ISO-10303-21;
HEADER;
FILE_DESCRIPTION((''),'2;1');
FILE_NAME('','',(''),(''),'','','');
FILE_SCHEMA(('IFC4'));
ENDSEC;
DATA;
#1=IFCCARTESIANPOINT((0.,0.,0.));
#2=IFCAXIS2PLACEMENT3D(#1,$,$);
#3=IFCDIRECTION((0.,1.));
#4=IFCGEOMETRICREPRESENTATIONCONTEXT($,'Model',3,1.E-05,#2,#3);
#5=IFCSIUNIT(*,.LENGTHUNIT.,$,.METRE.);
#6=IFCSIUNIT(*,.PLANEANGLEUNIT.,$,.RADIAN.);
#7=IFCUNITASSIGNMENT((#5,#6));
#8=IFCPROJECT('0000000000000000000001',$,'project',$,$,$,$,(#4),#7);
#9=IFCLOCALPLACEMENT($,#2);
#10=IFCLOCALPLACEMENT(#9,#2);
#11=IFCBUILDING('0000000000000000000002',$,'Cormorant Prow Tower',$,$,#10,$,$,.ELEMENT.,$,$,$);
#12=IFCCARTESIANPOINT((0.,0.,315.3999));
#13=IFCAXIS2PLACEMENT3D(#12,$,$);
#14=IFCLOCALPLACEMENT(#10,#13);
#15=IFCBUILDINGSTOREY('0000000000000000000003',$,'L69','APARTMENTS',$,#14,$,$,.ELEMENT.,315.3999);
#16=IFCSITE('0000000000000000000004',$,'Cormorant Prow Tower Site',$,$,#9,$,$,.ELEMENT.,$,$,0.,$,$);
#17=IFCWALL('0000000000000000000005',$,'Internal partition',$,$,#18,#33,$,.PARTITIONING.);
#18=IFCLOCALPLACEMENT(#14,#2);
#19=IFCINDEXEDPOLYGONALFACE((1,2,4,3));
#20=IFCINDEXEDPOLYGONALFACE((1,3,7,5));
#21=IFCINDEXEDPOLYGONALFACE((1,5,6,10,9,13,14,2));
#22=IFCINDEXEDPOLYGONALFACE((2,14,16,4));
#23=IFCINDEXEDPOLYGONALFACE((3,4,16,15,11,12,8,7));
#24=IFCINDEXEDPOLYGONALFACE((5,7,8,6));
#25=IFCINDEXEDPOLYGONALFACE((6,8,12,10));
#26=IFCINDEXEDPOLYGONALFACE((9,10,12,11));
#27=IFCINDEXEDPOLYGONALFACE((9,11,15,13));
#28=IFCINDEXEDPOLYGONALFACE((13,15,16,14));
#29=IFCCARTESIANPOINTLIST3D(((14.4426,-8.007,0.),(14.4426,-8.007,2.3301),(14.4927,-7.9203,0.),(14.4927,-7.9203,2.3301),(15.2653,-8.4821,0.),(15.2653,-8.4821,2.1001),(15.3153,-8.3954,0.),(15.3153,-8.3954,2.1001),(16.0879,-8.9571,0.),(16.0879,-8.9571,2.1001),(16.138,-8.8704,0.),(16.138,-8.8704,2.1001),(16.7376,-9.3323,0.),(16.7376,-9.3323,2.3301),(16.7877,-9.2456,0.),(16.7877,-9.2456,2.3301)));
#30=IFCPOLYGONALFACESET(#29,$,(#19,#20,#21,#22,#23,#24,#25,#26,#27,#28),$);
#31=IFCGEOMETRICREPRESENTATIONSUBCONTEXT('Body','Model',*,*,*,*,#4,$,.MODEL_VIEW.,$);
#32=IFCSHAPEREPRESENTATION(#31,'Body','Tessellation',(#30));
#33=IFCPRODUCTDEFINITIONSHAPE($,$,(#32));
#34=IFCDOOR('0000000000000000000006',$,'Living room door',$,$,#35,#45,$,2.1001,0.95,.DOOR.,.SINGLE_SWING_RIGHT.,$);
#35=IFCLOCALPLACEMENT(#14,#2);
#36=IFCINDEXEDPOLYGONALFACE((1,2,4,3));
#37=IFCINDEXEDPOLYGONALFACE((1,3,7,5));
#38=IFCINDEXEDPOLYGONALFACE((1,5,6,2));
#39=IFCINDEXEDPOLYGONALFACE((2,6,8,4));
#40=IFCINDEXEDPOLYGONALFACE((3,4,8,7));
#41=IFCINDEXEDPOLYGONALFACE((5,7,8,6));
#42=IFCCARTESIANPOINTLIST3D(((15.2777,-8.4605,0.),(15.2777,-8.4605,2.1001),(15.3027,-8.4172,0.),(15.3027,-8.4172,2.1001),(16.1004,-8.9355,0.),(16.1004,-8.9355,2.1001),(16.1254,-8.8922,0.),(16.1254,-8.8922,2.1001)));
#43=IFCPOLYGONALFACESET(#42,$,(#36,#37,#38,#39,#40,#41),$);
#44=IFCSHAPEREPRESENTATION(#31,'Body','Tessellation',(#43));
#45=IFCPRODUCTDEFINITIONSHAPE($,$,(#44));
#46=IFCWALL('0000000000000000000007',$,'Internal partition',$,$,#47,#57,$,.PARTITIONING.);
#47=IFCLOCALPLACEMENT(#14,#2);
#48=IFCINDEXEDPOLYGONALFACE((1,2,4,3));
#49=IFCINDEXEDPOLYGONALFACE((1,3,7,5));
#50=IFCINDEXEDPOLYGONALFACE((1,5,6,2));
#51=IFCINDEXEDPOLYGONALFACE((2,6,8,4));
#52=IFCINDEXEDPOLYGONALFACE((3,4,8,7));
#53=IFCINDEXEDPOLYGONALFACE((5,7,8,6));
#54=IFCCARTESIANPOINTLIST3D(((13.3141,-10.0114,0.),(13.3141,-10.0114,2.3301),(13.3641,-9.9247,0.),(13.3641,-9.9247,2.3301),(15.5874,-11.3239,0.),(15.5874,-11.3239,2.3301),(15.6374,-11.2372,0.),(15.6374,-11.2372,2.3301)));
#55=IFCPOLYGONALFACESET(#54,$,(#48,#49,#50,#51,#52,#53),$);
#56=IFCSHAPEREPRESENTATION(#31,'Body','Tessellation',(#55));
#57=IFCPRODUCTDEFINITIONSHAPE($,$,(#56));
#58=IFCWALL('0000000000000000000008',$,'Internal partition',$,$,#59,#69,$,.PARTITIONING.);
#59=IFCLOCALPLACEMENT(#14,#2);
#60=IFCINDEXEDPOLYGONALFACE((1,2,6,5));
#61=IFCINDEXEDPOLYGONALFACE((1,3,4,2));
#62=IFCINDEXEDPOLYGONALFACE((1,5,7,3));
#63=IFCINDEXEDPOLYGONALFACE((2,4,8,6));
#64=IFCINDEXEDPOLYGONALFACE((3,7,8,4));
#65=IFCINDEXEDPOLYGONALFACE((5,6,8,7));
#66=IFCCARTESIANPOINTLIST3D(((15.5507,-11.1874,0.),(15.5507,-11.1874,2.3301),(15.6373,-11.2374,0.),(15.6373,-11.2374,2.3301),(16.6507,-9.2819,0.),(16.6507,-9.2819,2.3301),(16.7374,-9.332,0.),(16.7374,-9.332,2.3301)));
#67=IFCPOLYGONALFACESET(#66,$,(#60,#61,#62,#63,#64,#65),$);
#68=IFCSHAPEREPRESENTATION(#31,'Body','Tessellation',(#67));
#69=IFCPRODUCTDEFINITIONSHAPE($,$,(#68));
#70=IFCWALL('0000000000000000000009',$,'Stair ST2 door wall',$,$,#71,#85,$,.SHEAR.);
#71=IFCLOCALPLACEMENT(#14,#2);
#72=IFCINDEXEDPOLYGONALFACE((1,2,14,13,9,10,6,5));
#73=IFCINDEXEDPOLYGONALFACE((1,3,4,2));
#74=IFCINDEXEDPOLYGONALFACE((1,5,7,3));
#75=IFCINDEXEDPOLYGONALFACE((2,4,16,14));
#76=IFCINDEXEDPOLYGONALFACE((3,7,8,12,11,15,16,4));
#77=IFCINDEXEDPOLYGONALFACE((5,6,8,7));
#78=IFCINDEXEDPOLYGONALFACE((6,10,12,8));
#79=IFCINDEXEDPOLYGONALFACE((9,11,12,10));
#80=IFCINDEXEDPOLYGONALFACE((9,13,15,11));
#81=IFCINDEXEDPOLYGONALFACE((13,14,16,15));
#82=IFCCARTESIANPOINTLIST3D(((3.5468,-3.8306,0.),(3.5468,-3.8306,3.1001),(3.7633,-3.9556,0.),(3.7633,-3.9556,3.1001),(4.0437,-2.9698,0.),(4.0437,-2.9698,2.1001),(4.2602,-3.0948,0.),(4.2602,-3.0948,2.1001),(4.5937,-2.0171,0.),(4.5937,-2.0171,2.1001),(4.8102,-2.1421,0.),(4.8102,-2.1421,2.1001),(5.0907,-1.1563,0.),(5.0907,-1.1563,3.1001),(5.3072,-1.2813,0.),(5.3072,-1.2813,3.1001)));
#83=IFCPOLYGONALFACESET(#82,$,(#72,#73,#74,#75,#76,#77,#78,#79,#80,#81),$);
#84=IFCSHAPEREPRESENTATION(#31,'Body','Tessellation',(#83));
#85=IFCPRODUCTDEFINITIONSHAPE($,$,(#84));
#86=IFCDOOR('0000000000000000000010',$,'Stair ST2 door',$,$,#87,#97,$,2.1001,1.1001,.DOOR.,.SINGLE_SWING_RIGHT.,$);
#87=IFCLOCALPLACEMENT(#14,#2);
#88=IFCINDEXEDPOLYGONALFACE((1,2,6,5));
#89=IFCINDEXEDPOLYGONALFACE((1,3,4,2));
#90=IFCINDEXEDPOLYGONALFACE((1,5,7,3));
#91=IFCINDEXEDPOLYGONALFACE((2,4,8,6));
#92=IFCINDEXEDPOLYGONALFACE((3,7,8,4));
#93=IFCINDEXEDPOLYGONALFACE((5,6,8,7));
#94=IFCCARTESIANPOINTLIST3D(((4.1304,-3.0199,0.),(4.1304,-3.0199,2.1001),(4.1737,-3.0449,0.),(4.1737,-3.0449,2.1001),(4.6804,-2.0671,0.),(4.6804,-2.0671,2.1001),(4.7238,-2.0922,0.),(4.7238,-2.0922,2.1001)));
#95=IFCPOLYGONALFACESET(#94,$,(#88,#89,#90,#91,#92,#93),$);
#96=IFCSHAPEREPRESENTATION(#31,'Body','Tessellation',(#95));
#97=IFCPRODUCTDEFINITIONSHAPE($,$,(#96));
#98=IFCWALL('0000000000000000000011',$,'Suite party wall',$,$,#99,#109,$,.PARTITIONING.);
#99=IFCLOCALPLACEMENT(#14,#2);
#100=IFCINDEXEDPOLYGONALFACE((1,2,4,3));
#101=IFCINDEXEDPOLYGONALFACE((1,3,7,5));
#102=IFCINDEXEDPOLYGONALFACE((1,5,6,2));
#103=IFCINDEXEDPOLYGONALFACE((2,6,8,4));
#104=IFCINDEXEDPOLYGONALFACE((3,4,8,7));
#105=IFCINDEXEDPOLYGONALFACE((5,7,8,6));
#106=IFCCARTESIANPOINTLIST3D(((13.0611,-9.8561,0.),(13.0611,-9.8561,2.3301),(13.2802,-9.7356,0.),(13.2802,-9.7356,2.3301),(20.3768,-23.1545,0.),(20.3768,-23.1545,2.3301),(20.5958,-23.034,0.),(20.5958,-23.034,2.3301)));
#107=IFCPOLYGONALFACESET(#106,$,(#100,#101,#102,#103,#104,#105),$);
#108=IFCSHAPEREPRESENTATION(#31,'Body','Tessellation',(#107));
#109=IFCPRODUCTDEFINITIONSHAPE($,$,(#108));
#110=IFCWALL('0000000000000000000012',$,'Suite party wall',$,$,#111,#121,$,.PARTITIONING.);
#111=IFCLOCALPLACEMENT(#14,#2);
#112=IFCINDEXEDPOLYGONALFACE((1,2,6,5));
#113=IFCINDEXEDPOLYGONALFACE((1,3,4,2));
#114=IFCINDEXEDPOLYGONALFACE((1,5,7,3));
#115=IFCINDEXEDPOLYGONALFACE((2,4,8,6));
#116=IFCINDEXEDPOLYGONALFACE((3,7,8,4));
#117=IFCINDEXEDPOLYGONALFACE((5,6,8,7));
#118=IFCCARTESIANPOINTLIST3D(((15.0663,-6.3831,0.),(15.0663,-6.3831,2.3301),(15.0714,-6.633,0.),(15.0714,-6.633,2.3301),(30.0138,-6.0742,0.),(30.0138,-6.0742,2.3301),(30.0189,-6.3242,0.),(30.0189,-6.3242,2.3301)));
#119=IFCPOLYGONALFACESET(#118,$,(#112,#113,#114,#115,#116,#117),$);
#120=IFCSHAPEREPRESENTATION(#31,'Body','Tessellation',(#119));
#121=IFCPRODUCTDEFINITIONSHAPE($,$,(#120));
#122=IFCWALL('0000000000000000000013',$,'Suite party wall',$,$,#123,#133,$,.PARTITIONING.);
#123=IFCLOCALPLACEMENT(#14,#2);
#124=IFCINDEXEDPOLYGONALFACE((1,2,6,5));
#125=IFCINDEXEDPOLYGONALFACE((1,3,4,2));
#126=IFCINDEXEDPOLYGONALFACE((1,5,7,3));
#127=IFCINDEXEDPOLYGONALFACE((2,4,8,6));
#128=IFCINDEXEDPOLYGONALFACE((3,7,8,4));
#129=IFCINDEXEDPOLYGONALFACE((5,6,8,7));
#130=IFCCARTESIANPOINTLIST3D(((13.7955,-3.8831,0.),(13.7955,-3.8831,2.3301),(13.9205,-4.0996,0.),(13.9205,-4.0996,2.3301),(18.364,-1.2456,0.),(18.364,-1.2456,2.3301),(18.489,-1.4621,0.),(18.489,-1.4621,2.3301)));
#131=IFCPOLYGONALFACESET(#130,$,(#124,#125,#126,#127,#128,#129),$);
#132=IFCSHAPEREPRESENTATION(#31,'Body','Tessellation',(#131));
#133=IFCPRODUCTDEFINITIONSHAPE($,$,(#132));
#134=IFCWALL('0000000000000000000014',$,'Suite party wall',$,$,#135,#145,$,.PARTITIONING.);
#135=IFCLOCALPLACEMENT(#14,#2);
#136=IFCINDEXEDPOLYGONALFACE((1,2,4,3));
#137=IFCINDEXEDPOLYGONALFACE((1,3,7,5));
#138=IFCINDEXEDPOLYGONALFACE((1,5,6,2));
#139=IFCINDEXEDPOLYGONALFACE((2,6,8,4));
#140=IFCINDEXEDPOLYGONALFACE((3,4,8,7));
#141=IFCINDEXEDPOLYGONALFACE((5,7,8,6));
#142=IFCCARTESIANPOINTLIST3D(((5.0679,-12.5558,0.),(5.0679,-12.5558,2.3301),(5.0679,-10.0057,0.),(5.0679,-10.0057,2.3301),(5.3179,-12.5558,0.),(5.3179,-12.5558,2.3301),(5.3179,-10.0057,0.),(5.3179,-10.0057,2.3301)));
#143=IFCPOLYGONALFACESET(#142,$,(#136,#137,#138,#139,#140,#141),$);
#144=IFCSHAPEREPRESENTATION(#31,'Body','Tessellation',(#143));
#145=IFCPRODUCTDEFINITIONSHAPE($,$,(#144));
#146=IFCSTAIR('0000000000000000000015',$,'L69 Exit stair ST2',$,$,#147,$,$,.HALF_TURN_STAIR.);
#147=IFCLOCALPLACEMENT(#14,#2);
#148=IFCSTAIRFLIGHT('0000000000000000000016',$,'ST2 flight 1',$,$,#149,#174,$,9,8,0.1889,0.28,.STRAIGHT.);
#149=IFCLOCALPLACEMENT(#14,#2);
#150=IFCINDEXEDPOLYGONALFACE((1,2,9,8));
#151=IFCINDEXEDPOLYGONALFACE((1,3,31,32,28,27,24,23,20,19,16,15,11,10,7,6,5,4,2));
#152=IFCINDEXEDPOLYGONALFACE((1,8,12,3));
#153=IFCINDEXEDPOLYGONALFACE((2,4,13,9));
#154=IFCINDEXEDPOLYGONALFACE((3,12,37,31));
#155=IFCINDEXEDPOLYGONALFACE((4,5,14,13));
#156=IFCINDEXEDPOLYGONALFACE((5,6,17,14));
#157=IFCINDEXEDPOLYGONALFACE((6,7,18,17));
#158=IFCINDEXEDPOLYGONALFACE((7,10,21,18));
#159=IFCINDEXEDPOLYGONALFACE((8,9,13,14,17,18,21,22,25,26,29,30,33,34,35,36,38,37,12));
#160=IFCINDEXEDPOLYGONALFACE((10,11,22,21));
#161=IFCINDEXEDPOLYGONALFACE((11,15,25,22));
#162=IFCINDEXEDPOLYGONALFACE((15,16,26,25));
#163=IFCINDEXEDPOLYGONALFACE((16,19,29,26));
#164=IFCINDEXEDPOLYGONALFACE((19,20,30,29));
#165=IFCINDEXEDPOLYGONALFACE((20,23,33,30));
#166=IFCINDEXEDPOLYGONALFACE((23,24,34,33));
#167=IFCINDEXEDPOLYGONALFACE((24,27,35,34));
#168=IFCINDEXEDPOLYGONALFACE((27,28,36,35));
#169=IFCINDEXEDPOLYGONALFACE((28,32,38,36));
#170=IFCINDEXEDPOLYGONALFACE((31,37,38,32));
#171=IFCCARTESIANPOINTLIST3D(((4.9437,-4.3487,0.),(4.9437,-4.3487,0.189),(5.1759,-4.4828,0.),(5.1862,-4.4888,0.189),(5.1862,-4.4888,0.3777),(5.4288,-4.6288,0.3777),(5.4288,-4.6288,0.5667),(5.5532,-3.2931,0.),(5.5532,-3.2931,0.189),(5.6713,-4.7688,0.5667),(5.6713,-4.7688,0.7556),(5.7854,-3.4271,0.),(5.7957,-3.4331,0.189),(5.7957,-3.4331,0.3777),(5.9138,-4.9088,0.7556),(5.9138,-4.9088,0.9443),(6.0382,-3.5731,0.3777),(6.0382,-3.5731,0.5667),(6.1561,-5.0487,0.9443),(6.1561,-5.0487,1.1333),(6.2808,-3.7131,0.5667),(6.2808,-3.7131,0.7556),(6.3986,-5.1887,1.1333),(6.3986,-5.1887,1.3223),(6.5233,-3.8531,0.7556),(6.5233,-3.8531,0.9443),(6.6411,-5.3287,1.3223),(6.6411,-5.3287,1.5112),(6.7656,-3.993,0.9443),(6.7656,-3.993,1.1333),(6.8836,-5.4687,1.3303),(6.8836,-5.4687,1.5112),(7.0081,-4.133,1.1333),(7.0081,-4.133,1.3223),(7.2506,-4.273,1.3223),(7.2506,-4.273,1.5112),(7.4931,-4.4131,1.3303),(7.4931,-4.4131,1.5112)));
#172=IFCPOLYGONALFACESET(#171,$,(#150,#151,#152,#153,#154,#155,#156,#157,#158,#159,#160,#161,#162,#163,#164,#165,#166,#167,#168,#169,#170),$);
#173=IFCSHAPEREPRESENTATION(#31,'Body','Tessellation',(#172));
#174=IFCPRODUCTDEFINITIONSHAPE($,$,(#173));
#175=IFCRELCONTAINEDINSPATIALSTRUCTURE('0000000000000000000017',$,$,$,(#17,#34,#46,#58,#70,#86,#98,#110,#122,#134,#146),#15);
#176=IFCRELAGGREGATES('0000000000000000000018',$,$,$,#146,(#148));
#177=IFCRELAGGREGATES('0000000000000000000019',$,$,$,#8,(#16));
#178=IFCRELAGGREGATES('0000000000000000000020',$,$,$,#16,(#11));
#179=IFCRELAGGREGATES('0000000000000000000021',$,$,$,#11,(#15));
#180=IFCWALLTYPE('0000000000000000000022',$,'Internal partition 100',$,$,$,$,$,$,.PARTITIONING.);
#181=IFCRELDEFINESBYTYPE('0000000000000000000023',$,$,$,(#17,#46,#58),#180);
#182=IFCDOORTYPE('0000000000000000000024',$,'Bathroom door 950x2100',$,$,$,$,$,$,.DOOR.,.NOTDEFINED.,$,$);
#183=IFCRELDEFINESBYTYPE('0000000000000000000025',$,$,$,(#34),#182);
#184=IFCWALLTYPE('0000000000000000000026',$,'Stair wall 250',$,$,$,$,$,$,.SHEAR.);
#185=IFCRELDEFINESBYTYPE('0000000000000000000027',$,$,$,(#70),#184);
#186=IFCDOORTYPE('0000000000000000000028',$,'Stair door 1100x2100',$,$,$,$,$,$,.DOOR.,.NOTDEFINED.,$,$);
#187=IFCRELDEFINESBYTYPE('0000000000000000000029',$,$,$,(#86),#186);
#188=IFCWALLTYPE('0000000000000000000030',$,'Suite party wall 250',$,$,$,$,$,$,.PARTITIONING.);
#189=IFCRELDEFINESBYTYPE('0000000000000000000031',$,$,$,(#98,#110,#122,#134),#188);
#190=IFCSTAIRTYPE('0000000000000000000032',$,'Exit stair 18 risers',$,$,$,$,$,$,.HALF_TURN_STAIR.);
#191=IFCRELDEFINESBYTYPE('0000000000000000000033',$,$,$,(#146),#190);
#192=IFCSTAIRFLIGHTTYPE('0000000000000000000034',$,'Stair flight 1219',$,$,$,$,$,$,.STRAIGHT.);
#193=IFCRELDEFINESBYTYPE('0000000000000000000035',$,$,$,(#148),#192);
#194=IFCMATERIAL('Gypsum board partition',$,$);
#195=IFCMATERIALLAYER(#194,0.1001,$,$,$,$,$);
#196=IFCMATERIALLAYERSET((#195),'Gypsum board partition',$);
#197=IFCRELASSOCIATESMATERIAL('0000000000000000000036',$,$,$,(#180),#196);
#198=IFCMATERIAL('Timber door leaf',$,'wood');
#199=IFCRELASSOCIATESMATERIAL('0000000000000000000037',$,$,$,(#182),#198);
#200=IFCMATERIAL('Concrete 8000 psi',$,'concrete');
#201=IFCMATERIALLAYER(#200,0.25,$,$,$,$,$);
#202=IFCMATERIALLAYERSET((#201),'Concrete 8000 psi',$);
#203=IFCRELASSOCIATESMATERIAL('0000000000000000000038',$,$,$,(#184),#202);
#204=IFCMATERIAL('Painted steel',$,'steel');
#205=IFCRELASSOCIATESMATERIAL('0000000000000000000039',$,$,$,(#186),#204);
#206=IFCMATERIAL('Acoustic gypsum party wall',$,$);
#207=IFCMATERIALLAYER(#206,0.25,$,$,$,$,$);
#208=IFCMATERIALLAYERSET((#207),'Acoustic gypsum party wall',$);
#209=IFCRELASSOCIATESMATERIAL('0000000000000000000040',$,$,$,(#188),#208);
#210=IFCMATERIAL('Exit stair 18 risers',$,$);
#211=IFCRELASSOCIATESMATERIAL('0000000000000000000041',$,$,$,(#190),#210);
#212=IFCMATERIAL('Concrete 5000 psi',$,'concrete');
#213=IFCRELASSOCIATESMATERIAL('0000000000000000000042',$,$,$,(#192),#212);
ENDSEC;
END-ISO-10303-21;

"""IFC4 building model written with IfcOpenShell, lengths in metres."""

from ifc_helpers import new_model, si_unit, direction, frame, frame_2d, origin, place, context, subcontext, project, spatial, polyline, rectangle, outline, extrude, material, layer, layer_set, type_object, element, fill, aggregate, save


model = new_model("IFC4")

# Units and contexts
model_context = context("Model", 3, precision=1e-05, world=origin(), true_north=direction((0.0, 1.0)))
body_context = subcontext(model_context, "Body", "Model", "MODEL_VIEW")
ifc_project = project(units=[si_unit("LENGTHUNIT", "METRE"), si_unit("PLANEANGLEUNIT", "RADIAN")], contexts=[model_context])

# Site, building, storey
site_placement = place(None, origin())
site = spatial("IfcSite", under=ifc_project, at=site_placement, Name="Cormorant Prow Tower Site", CompositionType="ELEMENT", RefElevation=0.0)
building_placement = place(site_placement, origin())
building = spatial("IfcBuilding", under=site, at=building_placement, Name="Cormorant Prow Tower", CompositionType="ELEMENT")
storey_placement = place(building_placement, frame((0.0, 0.0, 315.3999)))
storey = spatial("IfcBuildingStorey", under=building, at=storey_placement, Name="L69", Description="APARTMENTS", CompositionType="ELEMENT", Elevation=315.3999)

# Shared definitions
ifc_material_1 = material(Name="Gypsum board partition")
ifc_layer_1 = layer(ifc_material_1, 0.1001)
ifc_layer_set_1 = layer_set([ifc_layer_1], Name="Gypsum board partition")
wall_type_1 = type_object("IfcWallType", Name="Internal partition 100", PredefinedType="PARTITIONING", material=ifc_layer_set_1)

# Wall, opening, door
wall_1_placement = place(storey_placement, frame((14.4675, -7.9636, 0.0), z_axis=(0.0, 0.0, 1.0), x_axis=(0.865989, -0.500063, 0.0)))
wall_1 = element("IfcWall", 1, at=wall_1_placement, inside=storey, type_object=wall_type_1, Name="Internal partition", PredefinedType="PARTITIONING", context=body_context, shape_type="SweptSolid", body=[
    extrude(rectangle(XDim=2.6501, YDim=0.1001, at=frame_2d((1.3252, 0.0))), origin(), (0.0, 0.0, 1.0), 2.3301),
])
opening_1_placement = place(wall_1_placement, frame((0.95, 0.0, 0.0)))
opening_1 = element("IfcOpeningElement", 2, at=opening_1_placement, cuts=wall_1, PredefinedType="OPENING", context=body_context, shape_type="SweptSolid", body=[
    extrude(rectangle(XDim=0.95, YDim=2.1001, at=frame_2d((0.4751, 1.05))), frame((0.0, 0.0601, 0.0), z_axis=(0.0, -1.0, 0.0), x_axis=(1.0, 0.0, 0.0)), (0.0, 0.0, 1.0), 0.1201),
])
ifc_material_2 = material(Name="Timber door leaf", Category="wood")
door_type_1 = type_object("IfcDoorType", Name="Bathroom door 950x2100", OperationType="NOTDEFINED", PredefinedType="DOOR", material=ifc_material_2)
door_1_placement = place(opening_1_placement, origin())
door_1 = element("IfcDoor", 3, at=door_1_placement, inside=storey, type_object=door_type_1, Name="Living room door", OperationType="SINGLE_SWING_RIGHT", OverallHeight=2.1001, OverallWidth=0.95, PredefinedType="DOOR", context=body_context, shape_type="SweptSolid", body=[
    extrude(rectangle(XDim=0.95, YDim=2.1001, at=frame_2d((0.4751, 1.05))), frame((0.0, 0.0249, 0.0), z_axis=(0.0, -1.0, 0.0), x_axis=(1.0, 0.0, 0.0)), (0.0, 0.0, 1.0), 0.05),
])
fill(opening_1, door_1)

# Walls
wall_2_placement = place(storey_placement, frame((13.3391, -9.968, 0.0), z_axis=(0.0, 0.0, 1.0), x_axis=(0.866014, -0.50002, 0.0)))
element("IfcWall", 4, at=wall_2_placement, inside=storey, type_object=wall_type_1, Name="Internal partition", PredefinedType="PARTITIONING", context=body_context, shape_type="SweptSolid", body=[
    extrude(rectangle(XDim=2.625, YDim=0.1001, at=frame_2d((1.3125, 0.0))), origin(), (0.0, 0.0, 1.0), 2.3301),
])
wall_3_placement = place(storey_placement, frame((15.594, -11.2124, 0.0), z_axis=(0.0, 0.0, 1.0), x_axis=(0.499982, 0.866036, 0.0)))
element("IfcWall", 5, at=wall_3_placement, inside=storey, type_object=wall_type_1, Name="Internal partition", PredefinedType="PARTITIONING", context=body_context, shape_type="SweptSolid", body=[
    extrude(rectangle(XDim=2.2002, YDim=0.1001, at=frame_2d((1.1001, 0.0))), origin(), (0.0, 0.0, 1.0), 2.3301),
])

# Wall, opening, door
ifc_material_3 = material(Name="Concrete 8000 psi", Category="concrete")
ifc_layer_2 = layer(ifc_material_3, 0.25)
ifc_layer_set_2 = layer_set([ifc_layer_2], Name="Concrete 8000 psi")
wall_type_2 = type_object("IfcWallType", Name="Stair wall 250", PredefinedType="SHEAR", material=ifc_layer_set_2)
wall_4_placement = place(storey_placement, frame((3.655, -3.8931, 0.0), z_axis=(0.0, 0.0, 1.0), x_axis=(0.499983, 0.866035, 0.0)))
wall_4 = element("IfcWall", 6, at=wall_4_placement, inside=storey, type_object=wall_type_2, Name="Stair ST2 door wall", PredefinedType="SHEAR", context=body_context, shape_type="SweptSolid", body=[
    extrude(rectangle(XDim=3.0879, YDim=0.25, at=frame_2d((1.5439, 0.0))), origin(), (0.0, 0.0, 1.0), 3.1001),
])
opening_2_placement = place(wall_4_placement, frame((0.9939, 0.0, 0.0)))
opening_2 = element("IfcOpeningElement", 7, at=opening_2_placement, cuts=wall_4, PredefinedType="OPENING", context=body_context, shape_type="SweptSolid", body=[
    extrude(rectangle(XDim=1.1001, YDim=2.1001, at=frame_2d((0.55, 1.05))), frame((0.0, 0.135, 0.0), z_axis=(0.0, -1.0, 0.0), x_axis=(1.0, 0.0, 0.0)), (0.0, 0.0, 1.0), 0.27),
])
ifc_material_4 = material(Name="Painted steel", Category="steel")
door_type_2 = type_object("IfcDoorType", Name="Stair door 1100x2100", OperationType="NOTDEFINED", PredefinedType="DOOR", material=ifc_material_4)
door_2_placement = place(opening_2_placement, origin())
door_2 = element("IfcDoor", 8, at=door_2_placement, inside=storey, type_object=door_type_2, Name="Stair ST2 door", OperationType="SINGLE_SWING_RIGHT", OverallHeight=2.1001, OverallWidth=1.1001, PredefinedType="DOOR", context=body_context, shape_type="SweptSolid", body=[
    extrude(rectangle(XDim=1.1001, YDim=2.1001, at=frame_2d((0.55, 1.05))), frame((0.0, 0.0249, 0.0), z_axis=(0.0, -1.0, 0.0), x_axis=(1.0, 0.0, 0.0)), (0.0, 0.0, 1.0), 0.05),
])
fill(opening_2, door_2)

# Walls
ifc_material_5 = material(Name="Acoustic gypsum party wall")
ifc_layer_3 = layer(ifc_material_5, 0.25)
ifc_layer_set_3 = layer_set([ifc_layer_3], Name="Acoustic gypsum party wall")
wall_type_3 = type_object("IfcWallType", Name="Suite party wall 250", PredefinedType="PARTITIONING", material=ifc_layer_set_3)
wall_5_placement = place(storey_placement, frame((13.1707, -9.7959, 0.0), z_axis=(0.0, 0.0, 1.0), x_axis=(0.481999, -0.876172, 0.0)))
element("IfcWall", 9, at=wall_5_placement, inside=storey, type_object=wall_type_3, Name="Suite party wall", PredefinedType="PARTITIONING", context=body_context, shape_type="SweptSolid", body=[
    extrude(rectangle(XDim=15.1777, YDim=0.25, at=frame_2d((7.5889, 0.0))), origin(), (0.0, 0.0, 1.0), 2.3301),
])
wall_6_placement = place(storey_placement, frame((15.0688, -6.5081, 0.0), z_axis=(0.0, 0.0, 1.0), x_axis=(0.999787, 0.020657, 0.0)))
element("IfcWall", 10, at=wall_6_placement, inside=storey, type_object=wall_type_3, Name="Suite party wall", PredefinedType="PARTITIONING", context=body_context, shape_type="SweptSolid", body=[
    extrude(rectangle(XDim=14.9507, YDim=0.25, at=frame_2d((7.4753, 0.0))), origin(), (0.0, 0.0, 1.0), 2.3301),
])
wall_7_placement = place(storey_placement, frame((13.8579, -3.9915, 0.0), z_axis=(0.0, 0.0, 1.0), x_axis=(0.866033, 0.499987, 0.0)))
element("IfcWall", 11, at=wall_7_placement, inside=storey, type_object=wall_type_3, Name="Suite party wall", PredefinedType="PARTITIONING", context=body_context, shape_type="SweptSolid", body=[
    extrude(rectangle(XDim=5.2751, YDim=0.25, at=frame_2d((2.6377, 0.0))), origin(), (0.0, 0.0, 1.0), 2.3301),
])
wall_8_placement = place(storey_placement, frame((5.1929, -12.5557, 0.0), z_axis=(0.0, 0.0, 1.0), x_axis=(0.0, 1.0, 0.0)))
element("IfcWall", 12, at=wall_8_placement, inside=storey, type_object=wall_type_3, Name="Suite party wall", PredefinedType="PARTITIONING", context=body_context, shape_type="SweptSolid", body=[
    extrude(rectangle(XDim=2.55, YDim=0.25, at=frame_2d((1.2749, 0.0))), origin(), (0.0, 0.0, 1.0), 2.3301),
])

# Stair, stair flight
ifc_material_6 = material(Name="Exit stair 18 risers")
stair_type = type_object("IfcStairType", Name="Exit stair 18 risers", PredefinedType="HALF_TURN_STAIR", material=ifc_material_6)
stair_placement = place(storey_placement, origin())
stair = element("IfcStair", 13, at=stair_placement, inside=storey, type_object=stair_type, Name="L69 Exit stair ST2", PredefinedType="HALF_TURN_STAIR")
ifc_material_7 = material(Name="Concrete 5000 psi", Category="concrete")
stair_flight_type = type_object("IfcStairFlightType", Name="Stair flight 1219", PredefinedType="STRAIGHT", material=ifc_material_7)
stair_flight_1_placement = place(storey_placement, frame((5.2485, -3.8208, 0.0), z_axis=(0.0, 0.0, 1.0), x_axis=(0.866025, -0.5, 0.0)))
stair_flight_1 = element("IfcStairFlight", 14, at=stair_flight_1_placement, type_object=stair_flight_type, Name="ST2 flight 1", NumberOfRisers=9, NumberOfTreads=8, PredefinedType="STRAIGHT", RiserHeight=0.1889, TreadLength=0.28, context=body_context, shape_type="SweptSolid", body=[
    extrude(outline(polyline([(0.0, 0.0), (0.0, 0.189), (0.28, 0.189), (0.28, 0.3777), (0.5601, 0.3777), (0.5601, 0.5667), (0.8401, 0.5667), (0.8401, 0.7556), (1.1201, 0.7556), (1.1201, 0.9443), (1.3999, 0.9443), (1.3999, 1.1333), (1.6799, 1.1333), (1.6799, 1.3223), (1.96, 1.3223), (1.96, 1.5112), (2.24, 1.5112), (2.24, 1.7), (2.24, 1.3303), (0.2681, 0.0), (0.0, 0.0)])), frame((0.0, 0.6094, 0.0), z_axis=(0.0, -1.0, 0.0), x_axis=(1.0, 0.0, 0.0)), (0.0, 0.0, 1.0), 1.219),
])
aggregate(stair, [stair_flight_1])

save(model, "model.ifc")
